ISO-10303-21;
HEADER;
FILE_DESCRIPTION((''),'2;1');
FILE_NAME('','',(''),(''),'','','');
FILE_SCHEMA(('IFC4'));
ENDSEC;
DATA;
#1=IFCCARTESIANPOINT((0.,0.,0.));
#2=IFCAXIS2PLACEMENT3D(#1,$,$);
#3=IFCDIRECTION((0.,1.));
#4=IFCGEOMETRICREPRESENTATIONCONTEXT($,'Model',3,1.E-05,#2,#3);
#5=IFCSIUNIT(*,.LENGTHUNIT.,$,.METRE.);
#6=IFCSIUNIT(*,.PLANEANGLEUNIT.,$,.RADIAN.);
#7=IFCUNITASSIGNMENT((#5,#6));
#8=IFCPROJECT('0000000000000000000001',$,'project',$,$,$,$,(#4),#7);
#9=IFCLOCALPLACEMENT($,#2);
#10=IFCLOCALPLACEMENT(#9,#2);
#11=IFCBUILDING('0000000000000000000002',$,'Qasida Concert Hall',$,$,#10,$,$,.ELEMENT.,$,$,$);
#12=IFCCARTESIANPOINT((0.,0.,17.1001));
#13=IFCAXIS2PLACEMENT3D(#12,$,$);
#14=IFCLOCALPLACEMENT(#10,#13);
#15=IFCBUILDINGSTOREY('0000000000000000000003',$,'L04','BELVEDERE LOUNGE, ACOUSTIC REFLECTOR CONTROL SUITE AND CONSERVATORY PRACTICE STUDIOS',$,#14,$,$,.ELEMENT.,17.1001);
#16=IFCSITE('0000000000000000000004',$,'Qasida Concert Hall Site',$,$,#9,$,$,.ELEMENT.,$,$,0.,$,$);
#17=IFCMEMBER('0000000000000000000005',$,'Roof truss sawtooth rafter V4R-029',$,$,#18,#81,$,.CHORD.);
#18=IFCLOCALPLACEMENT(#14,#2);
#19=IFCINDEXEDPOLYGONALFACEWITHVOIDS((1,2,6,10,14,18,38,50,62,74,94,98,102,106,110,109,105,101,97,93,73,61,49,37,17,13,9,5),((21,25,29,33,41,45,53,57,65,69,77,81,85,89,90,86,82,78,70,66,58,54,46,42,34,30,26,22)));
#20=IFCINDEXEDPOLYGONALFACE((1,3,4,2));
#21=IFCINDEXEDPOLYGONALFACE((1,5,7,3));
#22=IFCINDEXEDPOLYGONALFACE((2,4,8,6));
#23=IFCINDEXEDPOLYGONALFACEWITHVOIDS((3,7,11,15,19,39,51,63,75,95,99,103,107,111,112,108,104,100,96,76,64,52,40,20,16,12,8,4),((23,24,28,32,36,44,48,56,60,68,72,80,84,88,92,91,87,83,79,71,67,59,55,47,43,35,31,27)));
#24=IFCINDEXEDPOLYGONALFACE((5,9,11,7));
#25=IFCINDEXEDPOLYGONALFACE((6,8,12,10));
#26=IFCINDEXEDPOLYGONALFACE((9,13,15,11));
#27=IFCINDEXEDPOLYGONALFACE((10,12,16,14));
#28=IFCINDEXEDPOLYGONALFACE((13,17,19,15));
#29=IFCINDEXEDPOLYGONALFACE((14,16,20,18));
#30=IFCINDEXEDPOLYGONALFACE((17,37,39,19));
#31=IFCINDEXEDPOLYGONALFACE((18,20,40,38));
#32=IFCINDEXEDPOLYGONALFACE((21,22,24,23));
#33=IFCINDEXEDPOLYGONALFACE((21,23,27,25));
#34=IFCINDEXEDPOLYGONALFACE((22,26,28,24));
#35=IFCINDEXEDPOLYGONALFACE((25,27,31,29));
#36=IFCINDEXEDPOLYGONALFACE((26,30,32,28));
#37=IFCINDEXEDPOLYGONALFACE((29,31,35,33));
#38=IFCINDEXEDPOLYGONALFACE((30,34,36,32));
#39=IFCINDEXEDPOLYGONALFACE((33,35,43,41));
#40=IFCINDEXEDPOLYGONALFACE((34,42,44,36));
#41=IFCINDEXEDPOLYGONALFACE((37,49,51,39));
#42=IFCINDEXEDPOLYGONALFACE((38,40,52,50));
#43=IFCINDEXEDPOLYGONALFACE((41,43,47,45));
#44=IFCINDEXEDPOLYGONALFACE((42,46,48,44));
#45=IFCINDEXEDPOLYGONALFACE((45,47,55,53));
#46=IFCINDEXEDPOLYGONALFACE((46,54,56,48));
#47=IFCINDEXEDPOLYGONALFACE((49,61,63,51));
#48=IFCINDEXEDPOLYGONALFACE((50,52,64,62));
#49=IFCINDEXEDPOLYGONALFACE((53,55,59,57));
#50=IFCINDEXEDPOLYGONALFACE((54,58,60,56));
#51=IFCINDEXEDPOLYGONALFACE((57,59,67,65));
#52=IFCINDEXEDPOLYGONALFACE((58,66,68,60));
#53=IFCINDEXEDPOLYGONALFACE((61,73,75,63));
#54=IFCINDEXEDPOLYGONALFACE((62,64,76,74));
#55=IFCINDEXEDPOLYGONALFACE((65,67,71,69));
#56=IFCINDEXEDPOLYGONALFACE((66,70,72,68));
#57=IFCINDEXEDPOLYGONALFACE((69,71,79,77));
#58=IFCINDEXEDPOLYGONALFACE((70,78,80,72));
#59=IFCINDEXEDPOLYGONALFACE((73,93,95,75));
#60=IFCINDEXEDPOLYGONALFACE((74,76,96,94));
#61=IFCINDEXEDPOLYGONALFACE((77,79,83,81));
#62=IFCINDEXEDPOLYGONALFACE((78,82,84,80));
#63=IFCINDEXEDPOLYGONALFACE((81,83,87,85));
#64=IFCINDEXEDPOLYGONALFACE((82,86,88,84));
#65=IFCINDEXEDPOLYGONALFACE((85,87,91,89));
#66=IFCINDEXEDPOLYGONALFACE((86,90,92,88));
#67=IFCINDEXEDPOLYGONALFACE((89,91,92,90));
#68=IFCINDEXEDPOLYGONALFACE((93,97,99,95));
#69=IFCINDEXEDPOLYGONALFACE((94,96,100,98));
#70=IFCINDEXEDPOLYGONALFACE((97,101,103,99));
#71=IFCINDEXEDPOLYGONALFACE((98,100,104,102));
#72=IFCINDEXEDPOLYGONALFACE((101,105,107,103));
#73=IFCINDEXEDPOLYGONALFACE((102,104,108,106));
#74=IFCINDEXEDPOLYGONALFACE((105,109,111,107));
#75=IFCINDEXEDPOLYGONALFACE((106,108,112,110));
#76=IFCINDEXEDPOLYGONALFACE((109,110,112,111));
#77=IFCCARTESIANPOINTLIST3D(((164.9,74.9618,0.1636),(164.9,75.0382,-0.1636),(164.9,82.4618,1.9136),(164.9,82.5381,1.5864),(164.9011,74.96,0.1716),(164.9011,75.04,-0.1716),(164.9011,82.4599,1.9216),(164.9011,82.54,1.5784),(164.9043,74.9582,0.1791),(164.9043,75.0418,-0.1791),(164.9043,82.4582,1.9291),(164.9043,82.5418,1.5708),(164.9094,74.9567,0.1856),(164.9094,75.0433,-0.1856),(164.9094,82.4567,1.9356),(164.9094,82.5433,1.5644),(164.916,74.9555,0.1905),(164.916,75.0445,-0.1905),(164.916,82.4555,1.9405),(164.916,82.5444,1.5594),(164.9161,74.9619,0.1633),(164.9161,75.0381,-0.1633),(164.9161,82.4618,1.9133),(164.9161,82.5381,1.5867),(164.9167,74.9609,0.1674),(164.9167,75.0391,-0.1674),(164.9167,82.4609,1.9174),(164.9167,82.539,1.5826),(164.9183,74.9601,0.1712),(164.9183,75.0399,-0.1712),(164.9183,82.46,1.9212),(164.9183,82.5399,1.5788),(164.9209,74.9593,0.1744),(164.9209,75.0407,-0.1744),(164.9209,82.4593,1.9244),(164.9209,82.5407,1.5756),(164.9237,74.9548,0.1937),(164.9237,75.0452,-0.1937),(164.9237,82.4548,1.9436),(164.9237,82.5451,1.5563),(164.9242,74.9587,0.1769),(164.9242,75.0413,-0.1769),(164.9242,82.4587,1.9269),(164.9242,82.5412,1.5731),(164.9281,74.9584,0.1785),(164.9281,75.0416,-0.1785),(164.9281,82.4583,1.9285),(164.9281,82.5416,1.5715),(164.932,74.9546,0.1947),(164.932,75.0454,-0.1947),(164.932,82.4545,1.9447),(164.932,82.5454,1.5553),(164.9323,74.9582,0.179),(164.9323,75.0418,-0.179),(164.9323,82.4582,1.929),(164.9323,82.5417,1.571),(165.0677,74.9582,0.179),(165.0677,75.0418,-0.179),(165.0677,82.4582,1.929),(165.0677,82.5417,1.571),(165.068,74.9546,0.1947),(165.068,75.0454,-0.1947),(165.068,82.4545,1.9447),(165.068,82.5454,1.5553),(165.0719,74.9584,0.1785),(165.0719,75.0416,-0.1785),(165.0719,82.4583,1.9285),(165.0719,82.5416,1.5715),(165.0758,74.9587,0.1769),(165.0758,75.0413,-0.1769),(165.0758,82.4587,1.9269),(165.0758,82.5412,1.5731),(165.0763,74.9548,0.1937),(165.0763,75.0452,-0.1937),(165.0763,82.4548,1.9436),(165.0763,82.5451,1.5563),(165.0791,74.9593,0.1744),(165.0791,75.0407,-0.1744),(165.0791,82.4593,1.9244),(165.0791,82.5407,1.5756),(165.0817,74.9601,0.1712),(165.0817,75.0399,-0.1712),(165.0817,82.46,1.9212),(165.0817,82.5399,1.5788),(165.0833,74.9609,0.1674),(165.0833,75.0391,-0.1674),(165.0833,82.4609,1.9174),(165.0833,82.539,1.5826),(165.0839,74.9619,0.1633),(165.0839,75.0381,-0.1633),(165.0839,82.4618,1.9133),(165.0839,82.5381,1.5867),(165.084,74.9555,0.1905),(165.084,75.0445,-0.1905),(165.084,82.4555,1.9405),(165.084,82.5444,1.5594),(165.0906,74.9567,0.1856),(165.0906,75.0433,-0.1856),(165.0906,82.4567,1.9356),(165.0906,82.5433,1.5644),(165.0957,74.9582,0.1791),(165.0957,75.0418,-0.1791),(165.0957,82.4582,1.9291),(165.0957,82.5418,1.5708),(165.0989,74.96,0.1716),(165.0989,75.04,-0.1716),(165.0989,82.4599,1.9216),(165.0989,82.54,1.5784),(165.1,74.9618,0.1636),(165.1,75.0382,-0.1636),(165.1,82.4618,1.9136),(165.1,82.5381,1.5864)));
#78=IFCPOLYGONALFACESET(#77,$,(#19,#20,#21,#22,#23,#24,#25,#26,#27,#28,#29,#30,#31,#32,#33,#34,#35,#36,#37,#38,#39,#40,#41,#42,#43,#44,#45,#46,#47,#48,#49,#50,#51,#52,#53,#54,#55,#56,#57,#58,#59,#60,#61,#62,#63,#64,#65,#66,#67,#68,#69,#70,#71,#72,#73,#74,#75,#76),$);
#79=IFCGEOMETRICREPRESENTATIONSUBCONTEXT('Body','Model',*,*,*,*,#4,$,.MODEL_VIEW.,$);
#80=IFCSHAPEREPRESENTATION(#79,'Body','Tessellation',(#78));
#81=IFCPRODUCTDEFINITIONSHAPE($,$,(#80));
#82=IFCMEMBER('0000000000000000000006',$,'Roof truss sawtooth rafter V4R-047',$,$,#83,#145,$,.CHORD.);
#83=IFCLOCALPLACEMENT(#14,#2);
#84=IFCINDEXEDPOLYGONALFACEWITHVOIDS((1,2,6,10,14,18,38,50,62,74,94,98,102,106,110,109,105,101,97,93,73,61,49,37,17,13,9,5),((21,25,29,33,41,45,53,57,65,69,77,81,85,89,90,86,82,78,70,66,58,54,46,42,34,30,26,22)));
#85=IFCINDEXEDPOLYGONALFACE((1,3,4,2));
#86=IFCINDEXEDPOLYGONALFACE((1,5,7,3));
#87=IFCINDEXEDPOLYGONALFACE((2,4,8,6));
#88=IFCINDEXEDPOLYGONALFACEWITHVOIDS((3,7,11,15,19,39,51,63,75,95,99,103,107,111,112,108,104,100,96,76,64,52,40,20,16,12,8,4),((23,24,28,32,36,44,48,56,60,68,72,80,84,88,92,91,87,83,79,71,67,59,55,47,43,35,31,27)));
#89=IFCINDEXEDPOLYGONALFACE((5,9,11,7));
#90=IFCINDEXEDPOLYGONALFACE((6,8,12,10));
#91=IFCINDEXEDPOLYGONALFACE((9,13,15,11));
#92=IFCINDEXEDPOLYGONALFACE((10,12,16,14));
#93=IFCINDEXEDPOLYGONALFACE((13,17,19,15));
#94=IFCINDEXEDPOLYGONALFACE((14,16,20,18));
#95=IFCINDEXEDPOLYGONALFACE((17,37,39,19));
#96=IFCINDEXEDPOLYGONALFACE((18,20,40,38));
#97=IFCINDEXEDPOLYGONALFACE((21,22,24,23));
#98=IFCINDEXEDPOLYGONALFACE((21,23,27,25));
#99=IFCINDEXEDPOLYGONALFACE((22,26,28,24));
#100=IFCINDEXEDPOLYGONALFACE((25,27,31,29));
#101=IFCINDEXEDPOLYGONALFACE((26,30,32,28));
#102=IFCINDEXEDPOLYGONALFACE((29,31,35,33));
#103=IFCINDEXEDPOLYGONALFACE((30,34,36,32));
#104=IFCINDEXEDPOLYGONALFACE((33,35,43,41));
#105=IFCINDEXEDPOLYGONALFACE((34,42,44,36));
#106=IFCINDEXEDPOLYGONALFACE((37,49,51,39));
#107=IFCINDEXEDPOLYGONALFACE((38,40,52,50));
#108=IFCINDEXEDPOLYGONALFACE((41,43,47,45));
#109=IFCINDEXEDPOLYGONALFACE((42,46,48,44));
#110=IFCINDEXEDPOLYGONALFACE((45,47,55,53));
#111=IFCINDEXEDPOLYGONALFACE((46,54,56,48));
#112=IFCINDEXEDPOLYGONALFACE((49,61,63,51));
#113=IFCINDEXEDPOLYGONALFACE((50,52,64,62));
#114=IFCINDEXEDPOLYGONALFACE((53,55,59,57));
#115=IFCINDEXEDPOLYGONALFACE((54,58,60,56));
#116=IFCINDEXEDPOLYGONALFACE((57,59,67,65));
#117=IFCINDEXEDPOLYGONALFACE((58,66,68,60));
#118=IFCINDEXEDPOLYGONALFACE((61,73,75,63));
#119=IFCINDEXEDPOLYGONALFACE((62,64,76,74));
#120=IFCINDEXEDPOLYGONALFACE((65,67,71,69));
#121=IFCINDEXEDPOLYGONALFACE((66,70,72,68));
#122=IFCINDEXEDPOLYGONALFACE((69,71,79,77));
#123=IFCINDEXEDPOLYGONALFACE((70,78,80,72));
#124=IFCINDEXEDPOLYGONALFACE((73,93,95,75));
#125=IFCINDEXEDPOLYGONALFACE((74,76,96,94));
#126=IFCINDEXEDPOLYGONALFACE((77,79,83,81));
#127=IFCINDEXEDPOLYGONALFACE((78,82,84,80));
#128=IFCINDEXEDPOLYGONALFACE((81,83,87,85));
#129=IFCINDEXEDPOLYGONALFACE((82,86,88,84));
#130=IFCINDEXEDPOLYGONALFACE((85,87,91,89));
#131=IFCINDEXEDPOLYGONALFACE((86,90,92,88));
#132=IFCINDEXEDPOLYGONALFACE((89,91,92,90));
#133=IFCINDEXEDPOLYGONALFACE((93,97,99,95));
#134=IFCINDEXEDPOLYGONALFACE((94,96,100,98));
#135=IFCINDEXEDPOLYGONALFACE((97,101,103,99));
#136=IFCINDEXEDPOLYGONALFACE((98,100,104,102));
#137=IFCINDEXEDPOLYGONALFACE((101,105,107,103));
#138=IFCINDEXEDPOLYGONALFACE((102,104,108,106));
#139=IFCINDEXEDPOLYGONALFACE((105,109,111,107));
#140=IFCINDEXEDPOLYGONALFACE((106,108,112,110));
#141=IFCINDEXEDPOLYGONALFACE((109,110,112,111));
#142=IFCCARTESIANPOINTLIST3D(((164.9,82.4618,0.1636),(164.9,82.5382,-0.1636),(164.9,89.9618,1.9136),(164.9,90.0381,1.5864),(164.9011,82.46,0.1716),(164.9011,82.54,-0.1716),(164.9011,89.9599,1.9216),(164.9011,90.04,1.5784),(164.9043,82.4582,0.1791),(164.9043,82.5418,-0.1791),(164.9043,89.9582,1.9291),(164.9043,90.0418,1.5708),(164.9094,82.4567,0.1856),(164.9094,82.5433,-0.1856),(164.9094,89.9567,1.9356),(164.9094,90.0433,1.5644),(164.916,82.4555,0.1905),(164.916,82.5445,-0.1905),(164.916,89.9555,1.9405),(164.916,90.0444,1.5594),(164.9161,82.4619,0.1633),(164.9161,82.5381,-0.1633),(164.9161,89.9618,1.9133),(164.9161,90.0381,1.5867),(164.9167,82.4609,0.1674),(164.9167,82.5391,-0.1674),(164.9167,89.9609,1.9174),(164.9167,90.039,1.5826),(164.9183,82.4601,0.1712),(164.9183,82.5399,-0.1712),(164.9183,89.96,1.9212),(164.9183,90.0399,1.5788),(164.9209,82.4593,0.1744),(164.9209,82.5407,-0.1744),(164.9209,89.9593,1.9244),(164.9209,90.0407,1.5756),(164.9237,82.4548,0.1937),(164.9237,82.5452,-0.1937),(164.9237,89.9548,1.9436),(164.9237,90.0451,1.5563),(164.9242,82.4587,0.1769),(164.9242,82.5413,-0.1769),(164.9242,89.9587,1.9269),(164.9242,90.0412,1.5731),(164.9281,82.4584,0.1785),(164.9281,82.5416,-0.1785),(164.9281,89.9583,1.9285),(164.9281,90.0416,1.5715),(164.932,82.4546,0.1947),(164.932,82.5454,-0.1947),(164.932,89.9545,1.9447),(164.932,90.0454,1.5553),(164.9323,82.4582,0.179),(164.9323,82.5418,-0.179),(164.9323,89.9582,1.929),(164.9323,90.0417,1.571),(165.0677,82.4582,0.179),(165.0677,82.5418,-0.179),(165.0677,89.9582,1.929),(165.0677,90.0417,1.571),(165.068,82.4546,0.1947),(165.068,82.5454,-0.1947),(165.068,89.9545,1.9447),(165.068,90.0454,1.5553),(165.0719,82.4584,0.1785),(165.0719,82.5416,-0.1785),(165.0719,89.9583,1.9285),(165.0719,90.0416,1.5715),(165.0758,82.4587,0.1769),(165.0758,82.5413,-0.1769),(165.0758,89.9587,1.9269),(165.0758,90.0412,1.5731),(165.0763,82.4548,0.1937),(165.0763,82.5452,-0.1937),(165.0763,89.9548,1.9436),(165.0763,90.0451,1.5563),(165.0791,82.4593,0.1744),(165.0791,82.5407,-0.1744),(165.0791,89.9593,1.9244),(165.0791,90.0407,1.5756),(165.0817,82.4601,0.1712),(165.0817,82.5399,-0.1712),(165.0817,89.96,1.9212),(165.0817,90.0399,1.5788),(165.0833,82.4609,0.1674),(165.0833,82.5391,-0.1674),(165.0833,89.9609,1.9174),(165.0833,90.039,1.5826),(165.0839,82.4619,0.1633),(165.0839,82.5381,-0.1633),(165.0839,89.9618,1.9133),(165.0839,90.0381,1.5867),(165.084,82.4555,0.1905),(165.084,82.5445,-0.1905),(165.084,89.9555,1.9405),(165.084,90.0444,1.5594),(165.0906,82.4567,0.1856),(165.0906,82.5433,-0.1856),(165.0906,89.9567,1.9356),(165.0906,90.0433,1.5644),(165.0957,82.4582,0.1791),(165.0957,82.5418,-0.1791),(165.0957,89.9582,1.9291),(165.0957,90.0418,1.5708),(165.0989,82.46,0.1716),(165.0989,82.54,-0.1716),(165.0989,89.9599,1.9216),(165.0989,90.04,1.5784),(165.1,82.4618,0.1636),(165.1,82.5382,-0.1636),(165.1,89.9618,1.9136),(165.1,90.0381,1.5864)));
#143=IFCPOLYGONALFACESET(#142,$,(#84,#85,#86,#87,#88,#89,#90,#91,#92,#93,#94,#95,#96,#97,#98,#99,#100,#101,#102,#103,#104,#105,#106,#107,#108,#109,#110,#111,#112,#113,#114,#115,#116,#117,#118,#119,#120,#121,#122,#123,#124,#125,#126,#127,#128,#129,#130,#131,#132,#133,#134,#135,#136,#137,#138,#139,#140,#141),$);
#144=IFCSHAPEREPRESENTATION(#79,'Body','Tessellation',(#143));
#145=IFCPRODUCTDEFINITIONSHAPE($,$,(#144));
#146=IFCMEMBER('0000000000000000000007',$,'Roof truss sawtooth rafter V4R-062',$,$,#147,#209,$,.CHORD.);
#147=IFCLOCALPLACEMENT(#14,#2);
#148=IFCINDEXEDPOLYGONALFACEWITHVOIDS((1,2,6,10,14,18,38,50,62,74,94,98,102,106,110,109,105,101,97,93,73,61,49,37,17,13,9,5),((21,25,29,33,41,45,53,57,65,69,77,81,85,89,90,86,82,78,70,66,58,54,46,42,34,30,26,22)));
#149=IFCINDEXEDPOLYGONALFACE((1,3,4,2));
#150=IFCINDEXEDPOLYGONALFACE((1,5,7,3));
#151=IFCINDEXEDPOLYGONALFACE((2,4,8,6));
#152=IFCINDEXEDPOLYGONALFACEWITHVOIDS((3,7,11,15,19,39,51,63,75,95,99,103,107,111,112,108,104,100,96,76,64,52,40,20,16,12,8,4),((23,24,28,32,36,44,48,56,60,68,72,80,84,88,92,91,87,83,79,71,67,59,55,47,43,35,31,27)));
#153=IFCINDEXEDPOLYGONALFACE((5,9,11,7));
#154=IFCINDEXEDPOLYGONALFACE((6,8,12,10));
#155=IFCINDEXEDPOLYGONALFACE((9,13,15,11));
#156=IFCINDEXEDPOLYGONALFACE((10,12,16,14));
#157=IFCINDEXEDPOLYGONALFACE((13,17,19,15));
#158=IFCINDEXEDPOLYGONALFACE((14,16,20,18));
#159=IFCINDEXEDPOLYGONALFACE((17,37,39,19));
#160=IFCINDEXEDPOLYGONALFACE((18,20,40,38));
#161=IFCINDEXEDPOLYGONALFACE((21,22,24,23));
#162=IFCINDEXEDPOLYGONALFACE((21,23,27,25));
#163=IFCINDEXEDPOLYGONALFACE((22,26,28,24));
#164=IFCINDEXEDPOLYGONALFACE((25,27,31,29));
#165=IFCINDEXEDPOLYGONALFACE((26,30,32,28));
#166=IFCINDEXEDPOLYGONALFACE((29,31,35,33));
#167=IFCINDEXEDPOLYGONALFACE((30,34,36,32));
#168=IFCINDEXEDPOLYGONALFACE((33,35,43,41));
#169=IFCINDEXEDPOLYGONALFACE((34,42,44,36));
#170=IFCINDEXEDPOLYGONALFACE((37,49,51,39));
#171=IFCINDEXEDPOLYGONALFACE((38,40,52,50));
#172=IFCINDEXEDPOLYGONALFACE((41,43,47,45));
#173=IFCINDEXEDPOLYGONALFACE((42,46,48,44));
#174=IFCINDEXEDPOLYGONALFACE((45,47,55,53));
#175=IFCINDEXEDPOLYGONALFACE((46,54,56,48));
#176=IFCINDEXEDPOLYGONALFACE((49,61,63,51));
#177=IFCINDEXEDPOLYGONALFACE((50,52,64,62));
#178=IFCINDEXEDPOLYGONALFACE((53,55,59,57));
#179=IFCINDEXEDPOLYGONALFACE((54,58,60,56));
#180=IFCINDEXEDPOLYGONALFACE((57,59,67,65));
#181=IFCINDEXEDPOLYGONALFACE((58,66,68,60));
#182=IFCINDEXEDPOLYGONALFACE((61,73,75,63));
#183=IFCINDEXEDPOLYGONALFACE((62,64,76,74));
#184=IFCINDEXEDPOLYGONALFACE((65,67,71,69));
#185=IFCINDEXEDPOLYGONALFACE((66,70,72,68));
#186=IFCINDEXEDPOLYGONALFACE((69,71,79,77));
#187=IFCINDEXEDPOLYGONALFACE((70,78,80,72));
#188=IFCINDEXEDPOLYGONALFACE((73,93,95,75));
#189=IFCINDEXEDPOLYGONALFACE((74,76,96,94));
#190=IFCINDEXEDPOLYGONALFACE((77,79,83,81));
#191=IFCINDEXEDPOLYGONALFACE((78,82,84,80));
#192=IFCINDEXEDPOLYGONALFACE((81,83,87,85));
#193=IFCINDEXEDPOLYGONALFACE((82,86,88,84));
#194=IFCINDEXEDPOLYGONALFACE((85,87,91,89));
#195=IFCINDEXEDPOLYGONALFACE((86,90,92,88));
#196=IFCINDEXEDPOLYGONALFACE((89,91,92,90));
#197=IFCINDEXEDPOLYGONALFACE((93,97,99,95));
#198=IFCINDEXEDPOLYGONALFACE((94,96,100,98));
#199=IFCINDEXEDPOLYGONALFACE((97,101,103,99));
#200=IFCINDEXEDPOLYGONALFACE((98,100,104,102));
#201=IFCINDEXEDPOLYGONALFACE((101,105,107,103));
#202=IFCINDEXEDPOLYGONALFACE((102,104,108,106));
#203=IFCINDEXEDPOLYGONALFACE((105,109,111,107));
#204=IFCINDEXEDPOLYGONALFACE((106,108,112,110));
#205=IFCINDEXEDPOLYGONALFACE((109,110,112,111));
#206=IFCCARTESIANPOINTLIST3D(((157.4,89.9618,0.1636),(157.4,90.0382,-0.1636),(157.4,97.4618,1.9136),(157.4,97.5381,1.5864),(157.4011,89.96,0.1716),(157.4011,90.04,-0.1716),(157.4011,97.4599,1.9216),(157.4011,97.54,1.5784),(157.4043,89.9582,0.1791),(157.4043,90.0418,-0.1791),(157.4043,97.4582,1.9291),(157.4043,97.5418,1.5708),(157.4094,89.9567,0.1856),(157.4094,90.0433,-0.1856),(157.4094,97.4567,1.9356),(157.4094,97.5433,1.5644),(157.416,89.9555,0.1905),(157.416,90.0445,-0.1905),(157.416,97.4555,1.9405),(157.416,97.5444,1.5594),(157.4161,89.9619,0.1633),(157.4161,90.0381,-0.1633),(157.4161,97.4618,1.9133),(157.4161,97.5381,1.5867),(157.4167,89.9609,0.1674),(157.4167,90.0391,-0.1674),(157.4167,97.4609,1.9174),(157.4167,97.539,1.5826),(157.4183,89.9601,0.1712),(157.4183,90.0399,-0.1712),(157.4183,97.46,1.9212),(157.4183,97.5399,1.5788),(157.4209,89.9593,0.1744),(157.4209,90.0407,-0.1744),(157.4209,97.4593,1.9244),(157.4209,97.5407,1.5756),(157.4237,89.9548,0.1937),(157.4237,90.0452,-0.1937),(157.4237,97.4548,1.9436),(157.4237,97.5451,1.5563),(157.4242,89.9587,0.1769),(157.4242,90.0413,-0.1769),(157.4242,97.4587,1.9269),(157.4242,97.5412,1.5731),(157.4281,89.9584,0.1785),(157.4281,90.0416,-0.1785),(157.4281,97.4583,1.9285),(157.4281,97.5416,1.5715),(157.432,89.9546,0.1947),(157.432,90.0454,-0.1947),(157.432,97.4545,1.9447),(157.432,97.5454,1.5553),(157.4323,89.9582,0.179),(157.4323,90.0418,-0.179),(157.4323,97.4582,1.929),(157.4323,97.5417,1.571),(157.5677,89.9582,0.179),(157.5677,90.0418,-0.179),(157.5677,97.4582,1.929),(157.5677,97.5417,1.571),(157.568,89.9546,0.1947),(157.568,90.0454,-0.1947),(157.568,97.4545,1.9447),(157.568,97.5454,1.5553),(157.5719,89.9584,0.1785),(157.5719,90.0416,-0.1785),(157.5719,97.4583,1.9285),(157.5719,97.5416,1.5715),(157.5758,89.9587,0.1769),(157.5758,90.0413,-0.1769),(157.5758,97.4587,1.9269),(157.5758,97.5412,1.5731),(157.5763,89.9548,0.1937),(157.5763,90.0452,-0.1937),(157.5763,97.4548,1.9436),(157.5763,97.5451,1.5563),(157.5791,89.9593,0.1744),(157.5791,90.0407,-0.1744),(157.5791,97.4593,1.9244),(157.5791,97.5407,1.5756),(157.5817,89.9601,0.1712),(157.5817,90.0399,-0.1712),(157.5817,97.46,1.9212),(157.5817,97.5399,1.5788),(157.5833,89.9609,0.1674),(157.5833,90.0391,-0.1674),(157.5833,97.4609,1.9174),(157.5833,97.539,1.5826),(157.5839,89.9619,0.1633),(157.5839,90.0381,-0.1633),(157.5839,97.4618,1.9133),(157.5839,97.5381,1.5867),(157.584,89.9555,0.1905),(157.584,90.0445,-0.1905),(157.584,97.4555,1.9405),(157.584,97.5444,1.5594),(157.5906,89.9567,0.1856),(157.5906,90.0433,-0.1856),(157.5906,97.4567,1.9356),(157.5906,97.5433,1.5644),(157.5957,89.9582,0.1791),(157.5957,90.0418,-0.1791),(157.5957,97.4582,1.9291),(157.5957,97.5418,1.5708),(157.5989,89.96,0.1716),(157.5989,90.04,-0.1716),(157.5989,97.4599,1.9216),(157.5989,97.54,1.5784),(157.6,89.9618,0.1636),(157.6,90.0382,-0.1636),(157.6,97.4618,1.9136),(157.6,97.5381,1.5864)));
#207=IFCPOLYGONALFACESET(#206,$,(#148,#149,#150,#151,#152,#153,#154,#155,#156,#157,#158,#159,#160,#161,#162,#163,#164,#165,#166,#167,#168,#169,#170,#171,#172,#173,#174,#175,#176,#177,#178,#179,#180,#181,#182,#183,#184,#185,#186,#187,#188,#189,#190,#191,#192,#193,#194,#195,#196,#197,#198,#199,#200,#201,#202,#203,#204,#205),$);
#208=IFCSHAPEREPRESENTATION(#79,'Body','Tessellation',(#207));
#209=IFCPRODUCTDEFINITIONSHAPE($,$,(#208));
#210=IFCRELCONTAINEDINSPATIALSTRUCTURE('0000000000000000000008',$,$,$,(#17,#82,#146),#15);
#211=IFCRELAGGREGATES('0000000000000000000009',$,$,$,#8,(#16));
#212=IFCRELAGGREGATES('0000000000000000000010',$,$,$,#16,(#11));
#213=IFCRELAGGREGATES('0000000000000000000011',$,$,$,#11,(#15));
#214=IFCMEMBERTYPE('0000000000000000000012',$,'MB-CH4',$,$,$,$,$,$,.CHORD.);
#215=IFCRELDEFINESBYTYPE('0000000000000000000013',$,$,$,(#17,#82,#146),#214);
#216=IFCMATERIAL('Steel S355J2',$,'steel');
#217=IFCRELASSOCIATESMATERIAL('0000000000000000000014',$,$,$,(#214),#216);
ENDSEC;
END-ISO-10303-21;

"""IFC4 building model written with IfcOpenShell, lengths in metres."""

from ifc_helpers import new_model, si_unit, direction, frame, origin, origin_2d, place, context, subcontext, project, spatial, hollow_rectangle, extrude, material, material_profile, profile_set, type_object, element, save


model = new_model("IFC4")

# Units and contexts
model_context = context("Model", 3, precision=1e-05, world=origin(), true_north=direction((0.0, 1.0)))
body_context = subcontext(model_context, "Body", "Model", "MODEL_VIEW")
ifc_project = project(units=[si_unit("LENGTHUNIT", "METRE"), si_unit("PLANEANGLEUNIT", "RADIAN")], contexts=[model_context])

# Site, building, storey
site_placement = place(None, origin())
site = spatial("IfcSite", under=ifc_project, at=site_placement, Name="Qasida Concert Hall Site", CompositionType="ELEMENT", RefElevation=0.0)
building_placement = place(site_placement, origin())
building = spatial("IfcBuilding", under=site, at=building_placement, Name="Qasida Concert Hall", CompositionType="ELEMENT")
storey_placement = place(building_placement, frame((0.0, 0.0, 17.1001)))
storey = spatial("IfcBuildingStorey", under=building, at=storey_placement, Name="L04", Description="BELVEDERE LOUNGE, ACOUSTIC REFLECTOR CONTROL SUITE AND CONSERVATORY PRACTICE STUDIOS", CompositionType="ELEMENT", Elevation=17.1001)

# Members
ifc_material_1 = material(Name="Steel S355J2", Category="steel")
ifc_material_profile_1 = material_profile(ifc_material_1, hollow_rectangle(XDim=0.2, YDim=0.3999, WallThickness=0.0161, InnerFilletRadius=0.0161, OuterFilletRadius=0.032, at=origin_2d()), Name="RHS 400x200x16")
ifc_profile_set_1 = profile_set([ifc_material_profile_1], Name="Steel S355J2")
member_type_1 = type_object("IfcMemberType", Name="MB-CH4", PredefinedType="CHORD", material=ifc_profile_set_1)
for number, where, z_axis, x_axis, name in (
    (1, (165.0, 75.0, 0.0), (0.0, 0.973841, 0.22723), (-1.0, 0.0, 0.0), "Roof truss sawtooth rafter V4R-029"),
    (2, (165.0, 82.5, 0.0), (0.0, 0.973841, 0.22723), (-1.0, 0.0, 0.0), "Roof truss sawtooth rafter V4R-047"),
    (3, (157.5, 90.0, 0.0), (0.0, 0.973841, 0.22723), (-1.0, 0.0, 0.0), "Roof truss sawtooth rafter V4R-062"),
):
    element("IfcMember", number, at=place(storey_placement, frame(where, z_axis=z_axis, x_axis=x_axis)), inside=storey, type_object=member_type_1, Name=name, PredefinedType="CHORD", context=body_context, shape_type="SweptSolid", body=[
        extrude(hollow_rectangle(XDim=0.2, YDim=0.3999, WallThickness=0.0161, InnerFilletRadius=0.0161, OuterFilletRadius=0.032, at=origin_2d()), origin(), (0.0, 0.0, 1.0), 7.7014),
    ])

save(model, "model.ifc")
